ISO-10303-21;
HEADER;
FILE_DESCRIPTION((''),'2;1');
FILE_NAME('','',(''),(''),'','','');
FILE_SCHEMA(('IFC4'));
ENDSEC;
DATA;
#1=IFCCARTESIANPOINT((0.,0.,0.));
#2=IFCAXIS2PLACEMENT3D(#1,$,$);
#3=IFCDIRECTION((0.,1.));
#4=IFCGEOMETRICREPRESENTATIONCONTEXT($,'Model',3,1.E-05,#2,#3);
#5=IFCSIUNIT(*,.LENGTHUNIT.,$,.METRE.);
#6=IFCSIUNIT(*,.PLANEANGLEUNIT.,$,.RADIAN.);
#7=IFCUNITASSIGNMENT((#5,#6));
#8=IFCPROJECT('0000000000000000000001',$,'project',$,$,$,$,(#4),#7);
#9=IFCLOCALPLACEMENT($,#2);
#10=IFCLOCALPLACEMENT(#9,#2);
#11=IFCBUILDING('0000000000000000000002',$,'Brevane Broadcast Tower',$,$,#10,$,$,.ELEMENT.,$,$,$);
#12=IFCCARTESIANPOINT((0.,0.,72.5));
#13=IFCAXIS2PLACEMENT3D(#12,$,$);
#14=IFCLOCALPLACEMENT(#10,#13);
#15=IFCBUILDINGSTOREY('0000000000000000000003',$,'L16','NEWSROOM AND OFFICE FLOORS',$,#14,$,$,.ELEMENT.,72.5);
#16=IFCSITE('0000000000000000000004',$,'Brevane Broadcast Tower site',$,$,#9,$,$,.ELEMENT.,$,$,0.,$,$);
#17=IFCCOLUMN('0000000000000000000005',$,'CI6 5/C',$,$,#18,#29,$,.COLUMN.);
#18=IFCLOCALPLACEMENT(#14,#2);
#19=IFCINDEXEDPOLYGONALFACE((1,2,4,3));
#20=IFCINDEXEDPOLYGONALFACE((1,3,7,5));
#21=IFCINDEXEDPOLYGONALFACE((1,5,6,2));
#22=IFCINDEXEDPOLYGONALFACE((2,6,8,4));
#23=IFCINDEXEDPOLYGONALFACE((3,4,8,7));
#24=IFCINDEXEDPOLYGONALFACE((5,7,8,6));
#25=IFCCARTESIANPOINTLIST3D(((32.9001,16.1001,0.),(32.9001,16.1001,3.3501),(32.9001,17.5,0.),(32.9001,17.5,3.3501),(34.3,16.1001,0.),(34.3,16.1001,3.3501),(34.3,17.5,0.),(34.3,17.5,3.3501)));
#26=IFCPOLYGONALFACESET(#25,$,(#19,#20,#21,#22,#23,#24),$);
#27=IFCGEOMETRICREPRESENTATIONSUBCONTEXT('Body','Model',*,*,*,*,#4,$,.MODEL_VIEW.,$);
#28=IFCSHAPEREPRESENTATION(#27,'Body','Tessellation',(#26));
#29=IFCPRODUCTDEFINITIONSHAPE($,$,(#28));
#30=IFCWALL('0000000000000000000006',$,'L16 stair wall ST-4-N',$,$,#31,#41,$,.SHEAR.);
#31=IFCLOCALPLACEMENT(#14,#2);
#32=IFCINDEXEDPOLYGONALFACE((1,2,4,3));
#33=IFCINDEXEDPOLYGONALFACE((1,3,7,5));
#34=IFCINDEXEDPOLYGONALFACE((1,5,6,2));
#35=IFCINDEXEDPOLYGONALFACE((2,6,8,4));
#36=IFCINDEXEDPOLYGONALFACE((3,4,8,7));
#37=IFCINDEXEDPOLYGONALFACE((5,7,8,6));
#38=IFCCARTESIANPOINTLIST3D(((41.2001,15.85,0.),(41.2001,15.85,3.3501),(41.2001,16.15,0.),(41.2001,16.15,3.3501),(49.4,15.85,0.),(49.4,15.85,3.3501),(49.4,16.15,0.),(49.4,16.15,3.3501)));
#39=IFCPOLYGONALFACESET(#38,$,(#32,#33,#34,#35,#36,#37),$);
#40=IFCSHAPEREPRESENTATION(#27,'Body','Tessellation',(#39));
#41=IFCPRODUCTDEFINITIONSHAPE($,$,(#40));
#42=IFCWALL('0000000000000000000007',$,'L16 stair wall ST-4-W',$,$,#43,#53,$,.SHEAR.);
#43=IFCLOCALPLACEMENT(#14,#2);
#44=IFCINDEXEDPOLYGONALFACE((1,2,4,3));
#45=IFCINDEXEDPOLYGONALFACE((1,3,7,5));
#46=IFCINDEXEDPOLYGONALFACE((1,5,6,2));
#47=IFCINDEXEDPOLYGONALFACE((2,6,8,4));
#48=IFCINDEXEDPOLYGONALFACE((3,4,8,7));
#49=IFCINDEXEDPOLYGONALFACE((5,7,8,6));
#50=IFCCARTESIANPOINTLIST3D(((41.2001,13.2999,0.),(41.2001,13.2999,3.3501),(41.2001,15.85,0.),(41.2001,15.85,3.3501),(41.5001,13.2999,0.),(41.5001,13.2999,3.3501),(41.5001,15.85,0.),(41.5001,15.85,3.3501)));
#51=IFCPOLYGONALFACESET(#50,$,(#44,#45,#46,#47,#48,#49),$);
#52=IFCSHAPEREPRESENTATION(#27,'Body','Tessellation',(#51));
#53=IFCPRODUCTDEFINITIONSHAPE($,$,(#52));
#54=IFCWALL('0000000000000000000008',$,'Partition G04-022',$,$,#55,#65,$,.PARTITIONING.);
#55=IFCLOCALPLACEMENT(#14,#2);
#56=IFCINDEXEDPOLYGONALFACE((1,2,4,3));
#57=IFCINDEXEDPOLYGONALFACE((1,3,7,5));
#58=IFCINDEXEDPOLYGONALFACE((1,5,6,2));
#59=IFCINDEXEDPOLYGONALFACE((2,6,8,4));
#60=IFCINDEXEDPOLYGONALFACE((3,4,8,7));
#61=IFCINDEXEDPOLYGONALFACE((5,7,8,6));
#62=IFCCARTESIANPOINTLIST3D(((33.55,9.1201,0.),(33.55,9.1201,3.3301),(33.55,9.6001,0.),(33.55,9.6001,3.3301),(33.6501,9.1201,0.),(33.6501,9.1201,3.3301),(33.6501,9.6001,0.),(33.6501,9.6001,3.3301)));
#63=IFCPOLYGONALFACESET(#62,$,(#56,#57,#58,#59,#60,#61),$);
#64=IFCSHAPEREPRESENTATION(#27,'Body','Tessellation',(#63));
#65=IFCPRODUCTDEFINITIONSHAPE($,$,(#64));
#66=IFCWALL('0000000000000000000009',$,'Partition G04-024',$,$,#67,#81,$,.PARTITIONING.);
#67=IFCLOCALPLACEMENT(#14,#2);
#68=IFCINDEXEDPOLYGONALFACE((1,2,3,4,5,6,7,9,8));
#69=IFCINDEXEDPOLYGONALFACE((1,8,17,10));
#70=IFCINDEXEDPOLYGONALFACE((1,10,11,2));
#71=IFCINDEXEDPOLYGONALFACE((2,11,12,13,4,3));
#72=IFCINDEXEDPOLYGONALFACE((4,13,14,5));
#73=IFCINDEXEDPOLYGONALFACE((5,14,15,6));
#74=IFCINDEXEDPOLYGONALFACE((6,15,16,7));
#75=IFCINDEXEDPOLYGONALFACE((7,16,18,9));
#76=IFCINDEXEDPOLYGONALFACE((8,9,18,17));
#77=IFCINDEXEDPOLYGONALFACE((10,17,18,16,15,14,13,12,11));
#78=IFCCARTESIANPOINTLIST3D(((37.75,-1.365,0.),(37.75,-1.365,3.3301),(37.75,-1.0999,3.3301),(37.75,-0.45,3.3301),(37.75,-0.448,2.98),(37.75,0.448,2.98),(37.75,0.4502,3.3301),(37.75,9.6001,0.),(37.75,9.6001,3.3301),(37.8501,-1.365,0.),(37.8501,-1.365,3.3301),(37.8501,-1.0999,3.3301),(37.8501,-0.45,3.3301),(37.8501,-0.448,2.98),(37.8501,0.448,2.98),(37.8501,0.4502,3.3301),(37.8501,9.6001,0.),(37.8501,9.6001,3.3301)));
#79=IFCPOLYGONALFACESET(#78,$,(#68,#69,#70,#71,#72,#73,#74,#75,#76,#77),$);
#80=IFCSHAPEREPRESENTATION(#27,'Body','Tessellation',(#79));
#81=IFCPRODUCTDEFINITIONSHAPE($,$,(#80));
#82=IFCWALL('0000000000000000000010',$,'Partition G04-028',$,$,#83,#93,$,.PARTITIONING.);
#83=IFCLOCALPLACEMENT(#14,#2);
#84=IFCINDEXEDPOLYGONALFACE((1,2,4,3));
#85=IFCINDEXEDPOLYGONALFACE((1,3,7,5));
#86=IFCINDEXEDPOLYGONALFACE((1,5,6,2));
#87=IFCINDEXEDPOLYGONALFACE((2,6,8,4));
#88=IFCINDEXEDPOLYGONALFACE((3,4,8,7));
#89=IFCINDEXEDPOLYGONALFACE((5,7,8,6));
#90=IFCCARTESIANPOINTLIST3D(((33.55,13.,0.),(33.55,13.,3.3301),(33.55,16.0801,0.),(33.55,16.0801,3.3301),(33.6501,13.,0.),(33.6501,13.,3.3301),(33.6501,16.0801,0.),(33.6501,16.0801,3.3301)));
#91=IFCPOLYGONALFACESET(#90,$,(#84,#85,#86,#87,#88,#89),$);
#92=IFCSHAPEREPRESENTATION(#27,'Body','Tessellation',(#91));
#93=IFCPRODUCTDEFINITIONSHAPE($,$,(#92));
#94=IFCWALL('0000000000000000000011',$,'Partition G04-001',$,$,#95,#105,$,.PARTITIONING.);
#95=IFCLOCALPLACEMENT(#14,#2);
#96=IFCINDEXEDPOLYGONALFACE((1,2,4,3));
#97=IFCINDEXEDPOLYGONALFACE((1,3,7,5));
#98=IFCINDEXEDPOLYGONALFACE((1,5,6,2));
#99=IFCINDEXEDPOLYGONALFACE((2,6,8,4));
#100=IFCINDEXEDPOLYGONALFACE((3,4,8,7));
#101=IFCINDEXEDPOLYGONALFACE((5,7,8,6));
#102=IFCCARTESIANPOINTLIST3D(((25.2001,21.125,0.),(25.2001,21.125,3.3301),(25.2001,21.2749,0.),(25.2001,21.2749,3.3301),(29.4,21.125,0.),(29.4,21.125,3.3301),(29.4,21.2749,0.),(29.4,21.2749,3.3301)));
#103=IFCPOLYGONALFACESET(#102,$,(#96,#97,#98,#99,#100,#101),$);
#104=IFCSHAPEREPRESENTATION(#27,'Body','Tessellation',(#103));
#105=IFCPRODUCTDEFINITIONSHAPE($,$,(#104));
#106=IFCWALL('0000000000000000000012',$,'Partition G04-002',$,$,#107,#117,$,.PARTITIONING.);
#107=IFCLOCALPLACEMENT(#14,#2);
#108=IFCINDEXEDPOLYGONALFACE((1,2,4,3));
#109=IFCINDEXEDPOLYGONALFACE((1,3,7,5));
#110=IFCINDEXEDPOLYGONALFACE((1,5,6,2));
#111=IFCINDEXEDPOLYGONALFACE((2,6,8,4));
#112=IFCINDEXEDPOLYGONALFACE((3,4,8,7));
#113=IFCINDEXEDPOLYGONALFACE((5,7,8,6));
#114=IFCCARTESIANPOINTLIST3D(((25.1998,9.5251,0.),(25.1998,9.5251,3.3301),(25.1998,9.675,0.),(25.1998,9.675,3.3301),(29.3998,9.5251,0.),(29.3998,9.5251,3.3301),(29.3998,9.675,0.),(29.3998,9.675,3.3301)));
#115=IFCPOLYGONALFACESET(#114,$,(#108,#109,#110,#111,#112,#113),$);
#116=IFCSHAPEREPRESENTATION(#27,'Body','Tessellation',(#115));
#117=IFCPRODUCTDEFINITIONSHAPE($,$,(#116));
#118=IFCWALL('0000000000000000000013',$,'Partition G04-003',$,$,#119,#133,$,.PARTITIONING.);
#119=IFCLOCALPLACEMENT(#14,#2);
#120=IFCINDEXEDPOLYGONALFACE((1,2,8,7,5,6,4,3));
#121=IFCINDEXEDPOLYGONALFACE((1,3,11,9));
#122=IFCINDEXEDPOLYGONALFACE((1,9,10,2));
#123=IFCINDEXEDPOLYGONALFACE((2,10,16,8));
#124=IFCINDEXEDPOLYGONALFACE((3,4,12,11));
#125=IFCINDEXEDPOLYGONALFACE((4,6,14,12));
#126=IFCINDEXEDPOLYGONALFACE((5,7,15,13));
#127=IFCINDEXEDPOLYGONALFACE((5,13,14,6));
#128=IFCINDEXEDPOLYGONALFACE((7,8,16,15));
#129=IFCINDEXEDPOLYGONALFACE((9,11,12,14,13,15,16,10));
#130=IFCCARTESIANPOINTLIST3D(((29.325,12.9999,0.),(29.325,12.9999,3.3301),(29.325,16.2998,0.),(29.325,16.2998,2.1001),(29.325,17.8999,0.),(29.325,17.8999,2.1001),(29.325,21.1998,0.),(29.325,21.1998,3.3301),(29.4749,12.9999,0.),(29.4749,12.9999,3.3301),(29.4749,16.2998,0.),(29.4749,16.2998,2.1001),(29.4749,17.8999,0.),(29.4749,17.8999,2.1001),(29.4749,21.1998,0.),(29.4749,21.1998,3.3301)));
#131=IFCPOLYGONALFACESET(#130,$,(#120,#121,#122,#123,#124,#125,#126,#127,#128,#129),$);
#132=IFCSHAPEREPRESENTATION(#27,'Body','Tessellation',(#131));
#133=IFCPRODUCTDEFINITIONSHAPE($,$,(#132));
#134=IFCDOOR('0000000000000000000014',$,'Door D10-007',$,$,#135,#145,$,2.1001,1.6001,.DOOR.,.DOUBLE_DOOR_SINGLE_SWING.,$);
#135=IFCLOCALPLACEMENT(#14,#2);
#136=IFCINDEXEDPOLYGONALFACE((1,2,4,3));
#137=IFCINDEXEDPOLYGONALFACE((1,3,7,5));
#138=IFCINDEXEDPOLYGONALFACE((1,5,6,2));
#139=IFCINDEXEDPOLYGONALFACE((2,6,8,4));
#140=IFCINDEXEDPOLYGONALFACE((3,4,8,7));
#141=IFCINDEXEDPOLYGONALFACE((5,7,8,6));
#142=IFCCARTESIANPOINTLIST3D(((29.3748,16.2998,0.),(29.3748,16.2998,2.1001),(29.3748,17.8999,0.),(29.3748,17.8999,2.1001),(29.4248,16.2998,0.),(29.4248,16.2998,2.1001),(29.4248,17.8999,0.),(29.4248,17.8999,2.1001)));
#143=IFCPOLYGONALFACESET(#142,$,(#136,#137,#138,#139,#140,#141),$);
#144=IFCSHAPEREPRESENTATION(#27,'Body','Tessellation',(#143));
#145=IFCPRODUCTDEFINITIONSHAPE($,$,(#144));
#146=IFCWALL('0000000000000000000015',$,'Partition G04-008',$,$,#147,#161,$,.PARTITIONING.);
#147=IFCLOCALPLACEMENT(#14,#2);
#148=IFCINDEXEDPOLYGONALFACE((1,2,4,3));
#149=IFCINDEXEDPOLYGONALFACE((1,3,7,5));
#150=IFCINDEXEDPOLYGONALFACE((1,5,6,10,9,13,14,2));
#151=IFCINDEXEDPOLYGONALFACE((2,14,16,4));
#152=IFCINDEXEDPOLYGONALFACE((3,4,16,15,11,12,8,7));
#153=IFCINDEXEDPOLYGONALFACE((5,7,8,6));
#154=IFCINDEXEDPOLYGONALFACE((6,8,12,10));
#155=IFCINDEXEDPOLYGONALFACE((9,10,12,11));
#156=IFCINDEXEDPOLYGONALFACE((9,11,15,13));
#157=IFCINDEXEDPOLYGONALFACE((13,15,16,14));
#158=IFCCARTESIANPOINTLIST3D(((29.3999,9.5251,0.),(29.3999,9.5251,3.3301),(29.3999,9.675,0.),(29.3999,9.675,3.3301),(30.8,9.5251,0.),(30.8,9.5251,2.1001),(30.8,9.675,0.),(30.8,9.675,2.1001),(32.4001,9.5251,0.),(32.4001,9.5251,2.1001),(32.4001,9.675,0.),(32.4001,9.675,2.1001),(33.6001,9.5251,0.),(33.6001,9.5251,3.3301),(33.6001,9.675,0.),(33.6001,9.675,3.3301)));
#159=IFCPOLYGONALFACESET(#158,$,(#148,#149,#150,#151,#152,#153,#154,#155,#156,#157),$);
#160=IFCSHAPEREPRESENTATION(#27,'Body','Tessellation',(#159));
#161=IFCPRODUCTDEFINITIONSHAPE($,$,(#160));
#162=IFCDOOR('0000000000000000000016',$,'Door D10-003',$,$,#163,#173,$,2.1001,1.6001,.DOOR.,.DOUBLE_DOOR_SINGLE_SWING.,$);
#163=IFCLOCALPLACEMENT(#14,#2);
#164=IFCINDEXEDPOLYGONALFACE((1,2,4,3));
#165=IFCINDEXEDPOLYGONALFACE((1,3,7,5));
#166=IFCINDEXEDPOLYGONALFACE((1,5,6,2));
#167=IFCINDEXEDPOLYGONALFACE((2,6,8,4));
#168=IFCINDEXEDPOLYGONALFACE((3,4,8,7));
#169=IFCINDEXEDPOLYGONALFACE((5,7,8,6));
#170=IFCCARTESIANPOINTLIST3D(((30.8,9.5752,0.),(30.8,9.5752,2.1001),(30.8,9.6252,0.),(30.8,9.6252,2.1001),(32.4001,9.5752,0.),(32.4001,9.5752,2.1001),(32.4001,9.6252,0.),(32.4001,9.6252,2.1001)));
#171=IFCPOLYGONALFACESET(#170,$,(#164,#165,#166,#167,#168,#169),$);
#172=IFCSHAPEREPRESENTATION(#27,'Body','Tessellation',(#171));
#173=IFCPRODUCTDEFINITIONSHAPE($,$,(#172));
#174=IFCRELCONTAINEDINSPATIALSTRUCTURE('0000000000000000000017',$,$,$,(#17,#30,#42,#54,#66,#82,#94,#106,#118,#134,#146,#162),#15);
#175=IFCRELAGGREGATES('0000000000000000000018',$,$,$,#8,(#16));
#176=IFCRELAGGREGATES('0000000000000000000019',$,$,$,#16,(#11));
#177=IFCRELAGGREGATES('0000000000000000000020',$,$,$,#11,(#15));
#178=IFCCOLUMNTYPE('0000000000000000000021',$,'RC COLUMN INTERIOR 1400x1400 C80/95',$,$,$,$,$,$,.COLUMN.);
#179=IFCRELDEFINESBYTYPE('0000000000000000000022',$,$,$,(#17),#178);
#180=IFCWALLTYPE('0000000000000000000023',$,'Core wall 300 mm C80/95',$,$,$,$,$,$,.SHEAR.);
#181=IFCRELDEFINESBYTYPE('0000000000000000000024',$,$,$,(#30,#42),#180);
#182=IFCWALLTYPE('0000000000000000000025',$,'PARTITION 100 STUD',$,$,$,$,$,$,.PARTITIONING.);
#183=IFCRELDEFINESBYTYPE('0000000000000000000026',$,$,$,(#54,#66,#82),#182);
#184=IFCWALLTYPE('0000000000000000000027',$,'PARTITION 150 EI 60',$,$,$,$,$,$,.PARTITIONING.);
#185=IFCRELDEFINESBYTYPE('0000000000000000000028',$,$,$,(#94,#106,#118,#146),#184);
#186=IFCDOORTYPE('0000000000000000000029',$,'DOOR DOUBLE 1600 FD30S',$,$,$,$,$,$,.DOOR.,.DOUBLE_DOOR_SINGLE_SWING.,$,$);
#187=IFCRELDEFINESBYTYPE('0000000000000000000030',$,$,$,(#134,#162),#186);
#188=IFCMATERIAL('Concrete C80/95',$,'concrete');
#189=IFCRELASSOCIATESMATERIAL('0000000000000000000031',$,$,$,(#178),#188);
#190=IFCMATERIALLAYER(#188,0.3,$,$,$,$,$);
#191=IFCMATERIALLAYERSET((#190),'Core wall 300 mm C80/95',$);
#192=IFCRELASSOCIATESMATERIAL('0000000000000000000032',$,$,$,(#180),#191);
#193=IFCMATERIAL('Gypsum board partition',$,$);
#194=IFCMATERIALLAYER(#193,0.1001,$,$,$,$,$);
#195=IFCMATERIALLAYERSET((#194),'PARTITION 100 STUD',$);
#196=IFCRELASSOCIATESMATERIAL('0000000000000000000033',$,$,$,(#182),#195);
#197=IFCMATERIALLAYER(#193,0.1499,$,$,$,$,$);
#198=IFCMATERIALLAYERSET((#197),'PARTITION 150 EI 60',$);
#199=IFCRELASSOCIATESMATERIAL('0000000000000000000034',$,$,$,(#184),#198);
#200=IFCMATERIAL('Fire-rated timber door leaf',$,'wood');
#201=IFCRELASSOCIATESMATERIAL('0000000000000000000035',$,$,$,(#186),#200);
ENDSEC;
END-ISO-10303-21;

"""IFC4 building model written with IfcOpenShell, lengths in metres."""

from ifc_helpers import new_model, si_unit, direction, frame, frame_2d, origin, origin_2d, place, context, subcontext, project, spatial, polyline, rectangle, outline, extrude, material, layer, layer_set, material_profile, profile_set, type_object, element, fill, save


model = new_model("IFC4")

# Units and contexts
model_context = context("Model", 3, precision=1e-05, world=origin(), true_north=direction((0.0, 1.0)))
body_context = subcontext(model_context, "Body", "Model", "MODEL_VIEW")
ifc_project = project(units=[si_unit("LENGTHUNIT", "METRE"), si_unit("PLANEANGLEUNIT", "RADIAN")], contexts=[model_context])

# Site, building, storey
site_placement = place(None, origin())
site = spatial("IfcSite", under=ifc_project, at=site_placement, Name="Brevane Broadcast Tower site", CompositionType="ELEMENT", RefElevation=0.0)
building_placement = place(site_placement, origin())
building = spatial("IfcBuilding", under=site, at=building_placement, Name="Brevane Broadcast Tower", CompositionType="ELEMENT")
storey_placement = place(building_placement, frame((0.0, 0.0, 72.5)))
storey = spatial("IfcBuildingStorey", under=building, at=storey_placement, Name="L16", Description="NEWSROOM AND OFFICE FLOORS", CompositionType="ELEMENT", Elevation=72.5)

# Column
ifc_material_1 = material(Name="Concrete C80/95", Category="concrete")
ifc_material_profile = material_profile(ifc_material_1, rectangle(XDim=1.3999, YDim=1.3999, at=origin_2d()), Name="RC 1400x1400")
ifc_profile_set = profile_set([ifc_material_profile], Name="Concrete C80/95")
column_type = type_object("IfcColumnType", Name="RC COLUMN INTERIOR 1400x1400 C80/95", PredefinedType="COLUMN", material=ifc_profile_set)
column_placement = place(storey_placement, frame((33.6001, 16.8, 0.0), z_axis=(0.0, 0.0, 1.0), x_axis=(1.0, 0.0, 0.0)))
element("IfcColumn", 1, at=column_placement, inside=storey, type_object=column_type, Name="CI6 5/C", PredefinedType="COLUMN", context=body_context, shape_type="SweptSolid", body=[
    extrude(rectangle(XDim=1.3999, YDim=1.3999, at=origin_2d()), origin(), (0.0, 0.0, 1.0), 3.3501),
])

# Walls
ifc_layer_1 = layer(ifc_material_1, 0.3)
ifc_layer_set_1 = layer_set([ifc_layer_1], Name="Core wall 300 mm C80/95")
wall_type_1 = type_object("IfcWallType", Name="Core wall 300 mm C80/95", PredefinedType="SHEAR", material=ifc_layer_set_1)
wall_1_placement = place(storey_placement, frame((41.2, 16.0, 0.0), z_axis=(0.0, 0.0, 1.0), x_axis=(1.0, 0.0, 0.0)))
element("IfcWall", 2, at=wall_1_placement, inside=storey, type_object=wall_type_1, Name="L16 stair wall ST-4-N", PredefinedType="SHEAR", context=body_context, shape_type="SweptSolid", body=[
    extrude(rectangle(XDim=8.2, YDim=0.3, at=frame_2d((4.1001, 0.0))), origin(), (0.0, 0.0, 1.0), 3.3501),
])
wall_2_placement = place(storey_placement, frame((41.3501, 13.3, 0.0), z_axis=(0.0, 0.0, 1.0), x_axis=(0.0, 1.0, 0.0)))
element("IfcWall", 3, at=wall_2_placement, inside=storey, type_object=wall_type_1, Name="L16 stair wall ST-4-W", PredefinedType="SHEAR", context=body_context, shape_type="SweptSolid", body=[
    extrude(rectangle(XDim=2.55, YDim=0.3, at=frame_2d((1.2749, 0.0))), origin(), (0.0, 0.0, 1.0), 3.3501),
])
ifc_material_2 = material(Name="Gypsum board partition")
ifc_layer_2 = layer(ifc_material_2, 0.1001)
ifc_layer_set_2 = layer_set([ifc_layer_2], Name="PARTITION 100 STUD")
wall_type_2 = type_object("IfcWallType", Name="PARTITION 100 STUD", PredefinedType="PARTITIONING", material=ifc_layer_set_2)
wall_3_placement = place(storey_placement, frame((33.6001, 9.6001, 0.0), z_axis=(0.0, 0.0, 1.0), x_axis=(0.0, -1.0, 0.0)))
element("IfcWall", 4, at=wall_3_placement, inside=storey, type_object=wall_type_2, Name="Partition G04-022", PredefinedType="PARTITIONING", context=body_context, shape_type="SweptSolid", body=[
    extrude(rectangle(XDim=0.48, YDim=0.1001, at=frame_2d((0.24, 0.0))), origin(), (0.0, 0.0, 1.0), 3.3301),
])
wall_4_placement = place(storey_placement, frame((37.8, 9.6001, 0.0), z_axis=(0.0, 0.0, 1.0), x_axis=(0.0, -1.0, 0.0)))
element("IfcWall", 5, at=wall_4_placement, inside=storey, type_object=wall_type_2, Name="Partition G04-024", PredefinedType="PARTITIONING", context=body_context, shape_type="SweptSolid", body=[
    extrude(outline(polyline([(0.0, 0.0), (10.9651, 0.0), (10.9651, 3.3301), (10.7, 3.3301), (10.05, 3.3301), (10.0481, 2.98), (9.1521, 2.98), (9.1499, 3.3301), (0.0, 3.3301), (0.0, 0.0)])), frame((0.0, 0.05, 0.0), z_axis=(0.0, -1.0, 0.0), x_axis=(1.0, 0.0, 0.0)), (0.0, 0.0, 1.0), 0.1001),
])
wall_5_placement = place(storey_placement, frame((33.6001, 16.0801, 0.0), z_axis=(0.0, 0.0, 1.0), x_axis=(0.0, -1.0, 0.0)))
element("IfcWall", 6, at=wall_5_placement, inside=storey, type_object=wall_type_2, Name="Partition G04-028", PredefinedType="PARTITIONING", context=body_context, shape_type="SweptSolid", body=[
    extrude(rectangle(XDim=3.0801, YDim=0.1001, at=frame_2d((1.54, 0.0))), origin(), (0.0, 0.0, 1.0), 3.3301),
])
ifc_layer_3 = layer(ifc_material_2, 0.1499)
ifc_layer_set_3 = layer_set([ifc_layer_3], Name="PARTITION 150 EI 60")
wall_type_3 = type_object("IfcWallType", Name="PARTITION 150 EI 60", PredefinedType="PARTITIONING", material=ifc_layer_set_3)
for number, where, z_axis, x_axis, name in (
    (7, (25.2, 21.2, 0.0), (0.0, 0.0, 1.0), (1.0, 0.0, 0.0), "Partition G04-001"),
    (8, (29.3999, 9.6001, 0.0), (0.0, 0.0, 1.0), (-1.0, 0.0, 0.0), "Partition G04-002"),
):
    element("IfcWall", number, at=place(storey_placement, frame(where, z_axis=z_axis, x_axis=x_axis)), inside=storey, type_object=wall_type_3, Name=name, PredefinedType="PARTITIONING", context=body_context, shape_type="SweptSolid", body=[
        extrude(rectangle(XDim=4.2, YDim=0.1499, at=frame_2d((2.1001, 0.0))), origin(), (0.0, 0.0, 1.0), 3.3301),
    ])

# Walls, openings, doors
wall_6_placement = place(storey_placement, frame((29.3999, 21.2, 0.0), z_axis=(0.0, 0.0, 1.0), x_axis=(0.0, -1.0, 0.0)))
wall_6 = element("IfcWall", 9, at=wall_6_placement, inside=storey, type_object=wall_type_3, Name="Partition G04-003", PredefinedType="PARTITIONING", context=body_context, shape_type="SweptSolid", body=[
    extrude(rectangle(XDim=8.2, YDim=0.1499, at=frame_2d((4.1001, 0.0))), origin(), (0.0, 0.0, 1.0), 3.3301),
])
opening_1_placement = place(wall_6_placement, frame((3.3, 0.0, 0.0)))
opening_1 = element("IfcOpeningElement", 10, at=opening_1_placement, cuts=wall_6, PredefinedType="OPENING", context=body_context, shape_type="SweptSolid", body=[
    extrude(rectangle(XDim=1.6001, YDim=2.1001, at=frame_2d((0.8, 1.05))), frame((0.0, 0.085, 0.0), z_axis=(0.0, -1.0, 0.0), x_axis=(1.0, 0.0, 0.0)), (0.0, 0.0, 1.0), 0.1699),
])
ifc_material_3 = material(Name="Fire-rated timber door leaf", Category="wood")
door_type_1 = type_object("IfcDoorType", Name="DOOR DOUBLE 1600 FD30S", OperationType="DOUBLE_DOOR_SINGLE_SWING", PredefinedType="DOOR", material=ifc_material_3)
door_1_placement = place(opening_1_placement, origin())
door_1 = element("IfcDoor", 11, at=door_1_placement, inside=storey, type_object=door_type_1, Name="Door D10-007", OperationType="DOUBLE_DOOR_SINGLE_SWING", OverallHeight=2.1001, OverallWidth=1.6001, PredefinedType="DOOR", context=body_context, shape_type="SweptSolid", body=[
    extrude(rectangle(XDim=1.6001, YDim=2.1001, at=frame_2d((0.8, 1.05))), frame((0.0, 0.0249, 0.0), z_axis=(0.0, -1.0, 0.0), x_axis=(1.0, 0.0, 0.0)), (0.0, 0.0, 1.0), 0.05),
])
fill(opening_1, door_1)
wall_7_placement = place(storey_placement, frame((33.6001, 9.6001, 0.0), z_axis=(0.0, 0.0, 1.0), x_axis=(-1.0, 0.0, 0.0)))
wall_7 = element("IfcWall", 12, at=wall_7_placement, inside=storey, type_object=wall_type_3, Name="Partition G04-008", PredefinedType="PARTITIONING", context=body_context, shape_type="SweptSolid", body=[
    extrude(rectangle(XDim=4.2002, YDim=0.1499, at=frame_2d((2.1001, 0.0))), origin(), (0.0, 0.0, 1.0), 3.3301),
])
opening_2_placement = place(wall_7_placement, frame((1.2, 0.0, 0.0)))
opening_2 = element("IfcOpeningElement", 13, at=opening_2_placement, cuts=wall_7, PredefinedType="OPENING", context=body_context, shape_type="SweptSolid", body=[
    extrude(rectangle(XDim=1.6001, YDim=2.1001, at=frame_2d((0.8, 1.05))), frame((0.0, 0.085, 0.0), z_axis=(0.0, -1.0, 0.0), x_axis=(1.0, 0.0, 0.0)), (0.0, 0.0, 1.0), 0.1699),
])
door_2_placement = place(opening_2_placement, origin())
door_2 = element("IfcDoor", 14, at=door_2_placement, inside=storey, type_object=door_type_1, Name="Door D10-003", OperationType="DOUBLE_DOOR_SINGLE_SWING", OverallHeight=2.1001, OverallWidth=1.6001, PredefinedType="DOOR", context=body_context, shape_type="SweptSolid", body=[
    extrude(rectangle(XDim=1.6001, YDim=2.1001, at=frame_2d((0.8, 1.05))), frame((0.0, 0.0249, 0.0), z_axis=(0.0, -1.0, 0.0), x_axis=(1.0, 0.0, 0.0)), (0.0, 0.0, 1.0), 0.05),
])
fill(opening_2, door_2)

save(model, "model.ifc")
